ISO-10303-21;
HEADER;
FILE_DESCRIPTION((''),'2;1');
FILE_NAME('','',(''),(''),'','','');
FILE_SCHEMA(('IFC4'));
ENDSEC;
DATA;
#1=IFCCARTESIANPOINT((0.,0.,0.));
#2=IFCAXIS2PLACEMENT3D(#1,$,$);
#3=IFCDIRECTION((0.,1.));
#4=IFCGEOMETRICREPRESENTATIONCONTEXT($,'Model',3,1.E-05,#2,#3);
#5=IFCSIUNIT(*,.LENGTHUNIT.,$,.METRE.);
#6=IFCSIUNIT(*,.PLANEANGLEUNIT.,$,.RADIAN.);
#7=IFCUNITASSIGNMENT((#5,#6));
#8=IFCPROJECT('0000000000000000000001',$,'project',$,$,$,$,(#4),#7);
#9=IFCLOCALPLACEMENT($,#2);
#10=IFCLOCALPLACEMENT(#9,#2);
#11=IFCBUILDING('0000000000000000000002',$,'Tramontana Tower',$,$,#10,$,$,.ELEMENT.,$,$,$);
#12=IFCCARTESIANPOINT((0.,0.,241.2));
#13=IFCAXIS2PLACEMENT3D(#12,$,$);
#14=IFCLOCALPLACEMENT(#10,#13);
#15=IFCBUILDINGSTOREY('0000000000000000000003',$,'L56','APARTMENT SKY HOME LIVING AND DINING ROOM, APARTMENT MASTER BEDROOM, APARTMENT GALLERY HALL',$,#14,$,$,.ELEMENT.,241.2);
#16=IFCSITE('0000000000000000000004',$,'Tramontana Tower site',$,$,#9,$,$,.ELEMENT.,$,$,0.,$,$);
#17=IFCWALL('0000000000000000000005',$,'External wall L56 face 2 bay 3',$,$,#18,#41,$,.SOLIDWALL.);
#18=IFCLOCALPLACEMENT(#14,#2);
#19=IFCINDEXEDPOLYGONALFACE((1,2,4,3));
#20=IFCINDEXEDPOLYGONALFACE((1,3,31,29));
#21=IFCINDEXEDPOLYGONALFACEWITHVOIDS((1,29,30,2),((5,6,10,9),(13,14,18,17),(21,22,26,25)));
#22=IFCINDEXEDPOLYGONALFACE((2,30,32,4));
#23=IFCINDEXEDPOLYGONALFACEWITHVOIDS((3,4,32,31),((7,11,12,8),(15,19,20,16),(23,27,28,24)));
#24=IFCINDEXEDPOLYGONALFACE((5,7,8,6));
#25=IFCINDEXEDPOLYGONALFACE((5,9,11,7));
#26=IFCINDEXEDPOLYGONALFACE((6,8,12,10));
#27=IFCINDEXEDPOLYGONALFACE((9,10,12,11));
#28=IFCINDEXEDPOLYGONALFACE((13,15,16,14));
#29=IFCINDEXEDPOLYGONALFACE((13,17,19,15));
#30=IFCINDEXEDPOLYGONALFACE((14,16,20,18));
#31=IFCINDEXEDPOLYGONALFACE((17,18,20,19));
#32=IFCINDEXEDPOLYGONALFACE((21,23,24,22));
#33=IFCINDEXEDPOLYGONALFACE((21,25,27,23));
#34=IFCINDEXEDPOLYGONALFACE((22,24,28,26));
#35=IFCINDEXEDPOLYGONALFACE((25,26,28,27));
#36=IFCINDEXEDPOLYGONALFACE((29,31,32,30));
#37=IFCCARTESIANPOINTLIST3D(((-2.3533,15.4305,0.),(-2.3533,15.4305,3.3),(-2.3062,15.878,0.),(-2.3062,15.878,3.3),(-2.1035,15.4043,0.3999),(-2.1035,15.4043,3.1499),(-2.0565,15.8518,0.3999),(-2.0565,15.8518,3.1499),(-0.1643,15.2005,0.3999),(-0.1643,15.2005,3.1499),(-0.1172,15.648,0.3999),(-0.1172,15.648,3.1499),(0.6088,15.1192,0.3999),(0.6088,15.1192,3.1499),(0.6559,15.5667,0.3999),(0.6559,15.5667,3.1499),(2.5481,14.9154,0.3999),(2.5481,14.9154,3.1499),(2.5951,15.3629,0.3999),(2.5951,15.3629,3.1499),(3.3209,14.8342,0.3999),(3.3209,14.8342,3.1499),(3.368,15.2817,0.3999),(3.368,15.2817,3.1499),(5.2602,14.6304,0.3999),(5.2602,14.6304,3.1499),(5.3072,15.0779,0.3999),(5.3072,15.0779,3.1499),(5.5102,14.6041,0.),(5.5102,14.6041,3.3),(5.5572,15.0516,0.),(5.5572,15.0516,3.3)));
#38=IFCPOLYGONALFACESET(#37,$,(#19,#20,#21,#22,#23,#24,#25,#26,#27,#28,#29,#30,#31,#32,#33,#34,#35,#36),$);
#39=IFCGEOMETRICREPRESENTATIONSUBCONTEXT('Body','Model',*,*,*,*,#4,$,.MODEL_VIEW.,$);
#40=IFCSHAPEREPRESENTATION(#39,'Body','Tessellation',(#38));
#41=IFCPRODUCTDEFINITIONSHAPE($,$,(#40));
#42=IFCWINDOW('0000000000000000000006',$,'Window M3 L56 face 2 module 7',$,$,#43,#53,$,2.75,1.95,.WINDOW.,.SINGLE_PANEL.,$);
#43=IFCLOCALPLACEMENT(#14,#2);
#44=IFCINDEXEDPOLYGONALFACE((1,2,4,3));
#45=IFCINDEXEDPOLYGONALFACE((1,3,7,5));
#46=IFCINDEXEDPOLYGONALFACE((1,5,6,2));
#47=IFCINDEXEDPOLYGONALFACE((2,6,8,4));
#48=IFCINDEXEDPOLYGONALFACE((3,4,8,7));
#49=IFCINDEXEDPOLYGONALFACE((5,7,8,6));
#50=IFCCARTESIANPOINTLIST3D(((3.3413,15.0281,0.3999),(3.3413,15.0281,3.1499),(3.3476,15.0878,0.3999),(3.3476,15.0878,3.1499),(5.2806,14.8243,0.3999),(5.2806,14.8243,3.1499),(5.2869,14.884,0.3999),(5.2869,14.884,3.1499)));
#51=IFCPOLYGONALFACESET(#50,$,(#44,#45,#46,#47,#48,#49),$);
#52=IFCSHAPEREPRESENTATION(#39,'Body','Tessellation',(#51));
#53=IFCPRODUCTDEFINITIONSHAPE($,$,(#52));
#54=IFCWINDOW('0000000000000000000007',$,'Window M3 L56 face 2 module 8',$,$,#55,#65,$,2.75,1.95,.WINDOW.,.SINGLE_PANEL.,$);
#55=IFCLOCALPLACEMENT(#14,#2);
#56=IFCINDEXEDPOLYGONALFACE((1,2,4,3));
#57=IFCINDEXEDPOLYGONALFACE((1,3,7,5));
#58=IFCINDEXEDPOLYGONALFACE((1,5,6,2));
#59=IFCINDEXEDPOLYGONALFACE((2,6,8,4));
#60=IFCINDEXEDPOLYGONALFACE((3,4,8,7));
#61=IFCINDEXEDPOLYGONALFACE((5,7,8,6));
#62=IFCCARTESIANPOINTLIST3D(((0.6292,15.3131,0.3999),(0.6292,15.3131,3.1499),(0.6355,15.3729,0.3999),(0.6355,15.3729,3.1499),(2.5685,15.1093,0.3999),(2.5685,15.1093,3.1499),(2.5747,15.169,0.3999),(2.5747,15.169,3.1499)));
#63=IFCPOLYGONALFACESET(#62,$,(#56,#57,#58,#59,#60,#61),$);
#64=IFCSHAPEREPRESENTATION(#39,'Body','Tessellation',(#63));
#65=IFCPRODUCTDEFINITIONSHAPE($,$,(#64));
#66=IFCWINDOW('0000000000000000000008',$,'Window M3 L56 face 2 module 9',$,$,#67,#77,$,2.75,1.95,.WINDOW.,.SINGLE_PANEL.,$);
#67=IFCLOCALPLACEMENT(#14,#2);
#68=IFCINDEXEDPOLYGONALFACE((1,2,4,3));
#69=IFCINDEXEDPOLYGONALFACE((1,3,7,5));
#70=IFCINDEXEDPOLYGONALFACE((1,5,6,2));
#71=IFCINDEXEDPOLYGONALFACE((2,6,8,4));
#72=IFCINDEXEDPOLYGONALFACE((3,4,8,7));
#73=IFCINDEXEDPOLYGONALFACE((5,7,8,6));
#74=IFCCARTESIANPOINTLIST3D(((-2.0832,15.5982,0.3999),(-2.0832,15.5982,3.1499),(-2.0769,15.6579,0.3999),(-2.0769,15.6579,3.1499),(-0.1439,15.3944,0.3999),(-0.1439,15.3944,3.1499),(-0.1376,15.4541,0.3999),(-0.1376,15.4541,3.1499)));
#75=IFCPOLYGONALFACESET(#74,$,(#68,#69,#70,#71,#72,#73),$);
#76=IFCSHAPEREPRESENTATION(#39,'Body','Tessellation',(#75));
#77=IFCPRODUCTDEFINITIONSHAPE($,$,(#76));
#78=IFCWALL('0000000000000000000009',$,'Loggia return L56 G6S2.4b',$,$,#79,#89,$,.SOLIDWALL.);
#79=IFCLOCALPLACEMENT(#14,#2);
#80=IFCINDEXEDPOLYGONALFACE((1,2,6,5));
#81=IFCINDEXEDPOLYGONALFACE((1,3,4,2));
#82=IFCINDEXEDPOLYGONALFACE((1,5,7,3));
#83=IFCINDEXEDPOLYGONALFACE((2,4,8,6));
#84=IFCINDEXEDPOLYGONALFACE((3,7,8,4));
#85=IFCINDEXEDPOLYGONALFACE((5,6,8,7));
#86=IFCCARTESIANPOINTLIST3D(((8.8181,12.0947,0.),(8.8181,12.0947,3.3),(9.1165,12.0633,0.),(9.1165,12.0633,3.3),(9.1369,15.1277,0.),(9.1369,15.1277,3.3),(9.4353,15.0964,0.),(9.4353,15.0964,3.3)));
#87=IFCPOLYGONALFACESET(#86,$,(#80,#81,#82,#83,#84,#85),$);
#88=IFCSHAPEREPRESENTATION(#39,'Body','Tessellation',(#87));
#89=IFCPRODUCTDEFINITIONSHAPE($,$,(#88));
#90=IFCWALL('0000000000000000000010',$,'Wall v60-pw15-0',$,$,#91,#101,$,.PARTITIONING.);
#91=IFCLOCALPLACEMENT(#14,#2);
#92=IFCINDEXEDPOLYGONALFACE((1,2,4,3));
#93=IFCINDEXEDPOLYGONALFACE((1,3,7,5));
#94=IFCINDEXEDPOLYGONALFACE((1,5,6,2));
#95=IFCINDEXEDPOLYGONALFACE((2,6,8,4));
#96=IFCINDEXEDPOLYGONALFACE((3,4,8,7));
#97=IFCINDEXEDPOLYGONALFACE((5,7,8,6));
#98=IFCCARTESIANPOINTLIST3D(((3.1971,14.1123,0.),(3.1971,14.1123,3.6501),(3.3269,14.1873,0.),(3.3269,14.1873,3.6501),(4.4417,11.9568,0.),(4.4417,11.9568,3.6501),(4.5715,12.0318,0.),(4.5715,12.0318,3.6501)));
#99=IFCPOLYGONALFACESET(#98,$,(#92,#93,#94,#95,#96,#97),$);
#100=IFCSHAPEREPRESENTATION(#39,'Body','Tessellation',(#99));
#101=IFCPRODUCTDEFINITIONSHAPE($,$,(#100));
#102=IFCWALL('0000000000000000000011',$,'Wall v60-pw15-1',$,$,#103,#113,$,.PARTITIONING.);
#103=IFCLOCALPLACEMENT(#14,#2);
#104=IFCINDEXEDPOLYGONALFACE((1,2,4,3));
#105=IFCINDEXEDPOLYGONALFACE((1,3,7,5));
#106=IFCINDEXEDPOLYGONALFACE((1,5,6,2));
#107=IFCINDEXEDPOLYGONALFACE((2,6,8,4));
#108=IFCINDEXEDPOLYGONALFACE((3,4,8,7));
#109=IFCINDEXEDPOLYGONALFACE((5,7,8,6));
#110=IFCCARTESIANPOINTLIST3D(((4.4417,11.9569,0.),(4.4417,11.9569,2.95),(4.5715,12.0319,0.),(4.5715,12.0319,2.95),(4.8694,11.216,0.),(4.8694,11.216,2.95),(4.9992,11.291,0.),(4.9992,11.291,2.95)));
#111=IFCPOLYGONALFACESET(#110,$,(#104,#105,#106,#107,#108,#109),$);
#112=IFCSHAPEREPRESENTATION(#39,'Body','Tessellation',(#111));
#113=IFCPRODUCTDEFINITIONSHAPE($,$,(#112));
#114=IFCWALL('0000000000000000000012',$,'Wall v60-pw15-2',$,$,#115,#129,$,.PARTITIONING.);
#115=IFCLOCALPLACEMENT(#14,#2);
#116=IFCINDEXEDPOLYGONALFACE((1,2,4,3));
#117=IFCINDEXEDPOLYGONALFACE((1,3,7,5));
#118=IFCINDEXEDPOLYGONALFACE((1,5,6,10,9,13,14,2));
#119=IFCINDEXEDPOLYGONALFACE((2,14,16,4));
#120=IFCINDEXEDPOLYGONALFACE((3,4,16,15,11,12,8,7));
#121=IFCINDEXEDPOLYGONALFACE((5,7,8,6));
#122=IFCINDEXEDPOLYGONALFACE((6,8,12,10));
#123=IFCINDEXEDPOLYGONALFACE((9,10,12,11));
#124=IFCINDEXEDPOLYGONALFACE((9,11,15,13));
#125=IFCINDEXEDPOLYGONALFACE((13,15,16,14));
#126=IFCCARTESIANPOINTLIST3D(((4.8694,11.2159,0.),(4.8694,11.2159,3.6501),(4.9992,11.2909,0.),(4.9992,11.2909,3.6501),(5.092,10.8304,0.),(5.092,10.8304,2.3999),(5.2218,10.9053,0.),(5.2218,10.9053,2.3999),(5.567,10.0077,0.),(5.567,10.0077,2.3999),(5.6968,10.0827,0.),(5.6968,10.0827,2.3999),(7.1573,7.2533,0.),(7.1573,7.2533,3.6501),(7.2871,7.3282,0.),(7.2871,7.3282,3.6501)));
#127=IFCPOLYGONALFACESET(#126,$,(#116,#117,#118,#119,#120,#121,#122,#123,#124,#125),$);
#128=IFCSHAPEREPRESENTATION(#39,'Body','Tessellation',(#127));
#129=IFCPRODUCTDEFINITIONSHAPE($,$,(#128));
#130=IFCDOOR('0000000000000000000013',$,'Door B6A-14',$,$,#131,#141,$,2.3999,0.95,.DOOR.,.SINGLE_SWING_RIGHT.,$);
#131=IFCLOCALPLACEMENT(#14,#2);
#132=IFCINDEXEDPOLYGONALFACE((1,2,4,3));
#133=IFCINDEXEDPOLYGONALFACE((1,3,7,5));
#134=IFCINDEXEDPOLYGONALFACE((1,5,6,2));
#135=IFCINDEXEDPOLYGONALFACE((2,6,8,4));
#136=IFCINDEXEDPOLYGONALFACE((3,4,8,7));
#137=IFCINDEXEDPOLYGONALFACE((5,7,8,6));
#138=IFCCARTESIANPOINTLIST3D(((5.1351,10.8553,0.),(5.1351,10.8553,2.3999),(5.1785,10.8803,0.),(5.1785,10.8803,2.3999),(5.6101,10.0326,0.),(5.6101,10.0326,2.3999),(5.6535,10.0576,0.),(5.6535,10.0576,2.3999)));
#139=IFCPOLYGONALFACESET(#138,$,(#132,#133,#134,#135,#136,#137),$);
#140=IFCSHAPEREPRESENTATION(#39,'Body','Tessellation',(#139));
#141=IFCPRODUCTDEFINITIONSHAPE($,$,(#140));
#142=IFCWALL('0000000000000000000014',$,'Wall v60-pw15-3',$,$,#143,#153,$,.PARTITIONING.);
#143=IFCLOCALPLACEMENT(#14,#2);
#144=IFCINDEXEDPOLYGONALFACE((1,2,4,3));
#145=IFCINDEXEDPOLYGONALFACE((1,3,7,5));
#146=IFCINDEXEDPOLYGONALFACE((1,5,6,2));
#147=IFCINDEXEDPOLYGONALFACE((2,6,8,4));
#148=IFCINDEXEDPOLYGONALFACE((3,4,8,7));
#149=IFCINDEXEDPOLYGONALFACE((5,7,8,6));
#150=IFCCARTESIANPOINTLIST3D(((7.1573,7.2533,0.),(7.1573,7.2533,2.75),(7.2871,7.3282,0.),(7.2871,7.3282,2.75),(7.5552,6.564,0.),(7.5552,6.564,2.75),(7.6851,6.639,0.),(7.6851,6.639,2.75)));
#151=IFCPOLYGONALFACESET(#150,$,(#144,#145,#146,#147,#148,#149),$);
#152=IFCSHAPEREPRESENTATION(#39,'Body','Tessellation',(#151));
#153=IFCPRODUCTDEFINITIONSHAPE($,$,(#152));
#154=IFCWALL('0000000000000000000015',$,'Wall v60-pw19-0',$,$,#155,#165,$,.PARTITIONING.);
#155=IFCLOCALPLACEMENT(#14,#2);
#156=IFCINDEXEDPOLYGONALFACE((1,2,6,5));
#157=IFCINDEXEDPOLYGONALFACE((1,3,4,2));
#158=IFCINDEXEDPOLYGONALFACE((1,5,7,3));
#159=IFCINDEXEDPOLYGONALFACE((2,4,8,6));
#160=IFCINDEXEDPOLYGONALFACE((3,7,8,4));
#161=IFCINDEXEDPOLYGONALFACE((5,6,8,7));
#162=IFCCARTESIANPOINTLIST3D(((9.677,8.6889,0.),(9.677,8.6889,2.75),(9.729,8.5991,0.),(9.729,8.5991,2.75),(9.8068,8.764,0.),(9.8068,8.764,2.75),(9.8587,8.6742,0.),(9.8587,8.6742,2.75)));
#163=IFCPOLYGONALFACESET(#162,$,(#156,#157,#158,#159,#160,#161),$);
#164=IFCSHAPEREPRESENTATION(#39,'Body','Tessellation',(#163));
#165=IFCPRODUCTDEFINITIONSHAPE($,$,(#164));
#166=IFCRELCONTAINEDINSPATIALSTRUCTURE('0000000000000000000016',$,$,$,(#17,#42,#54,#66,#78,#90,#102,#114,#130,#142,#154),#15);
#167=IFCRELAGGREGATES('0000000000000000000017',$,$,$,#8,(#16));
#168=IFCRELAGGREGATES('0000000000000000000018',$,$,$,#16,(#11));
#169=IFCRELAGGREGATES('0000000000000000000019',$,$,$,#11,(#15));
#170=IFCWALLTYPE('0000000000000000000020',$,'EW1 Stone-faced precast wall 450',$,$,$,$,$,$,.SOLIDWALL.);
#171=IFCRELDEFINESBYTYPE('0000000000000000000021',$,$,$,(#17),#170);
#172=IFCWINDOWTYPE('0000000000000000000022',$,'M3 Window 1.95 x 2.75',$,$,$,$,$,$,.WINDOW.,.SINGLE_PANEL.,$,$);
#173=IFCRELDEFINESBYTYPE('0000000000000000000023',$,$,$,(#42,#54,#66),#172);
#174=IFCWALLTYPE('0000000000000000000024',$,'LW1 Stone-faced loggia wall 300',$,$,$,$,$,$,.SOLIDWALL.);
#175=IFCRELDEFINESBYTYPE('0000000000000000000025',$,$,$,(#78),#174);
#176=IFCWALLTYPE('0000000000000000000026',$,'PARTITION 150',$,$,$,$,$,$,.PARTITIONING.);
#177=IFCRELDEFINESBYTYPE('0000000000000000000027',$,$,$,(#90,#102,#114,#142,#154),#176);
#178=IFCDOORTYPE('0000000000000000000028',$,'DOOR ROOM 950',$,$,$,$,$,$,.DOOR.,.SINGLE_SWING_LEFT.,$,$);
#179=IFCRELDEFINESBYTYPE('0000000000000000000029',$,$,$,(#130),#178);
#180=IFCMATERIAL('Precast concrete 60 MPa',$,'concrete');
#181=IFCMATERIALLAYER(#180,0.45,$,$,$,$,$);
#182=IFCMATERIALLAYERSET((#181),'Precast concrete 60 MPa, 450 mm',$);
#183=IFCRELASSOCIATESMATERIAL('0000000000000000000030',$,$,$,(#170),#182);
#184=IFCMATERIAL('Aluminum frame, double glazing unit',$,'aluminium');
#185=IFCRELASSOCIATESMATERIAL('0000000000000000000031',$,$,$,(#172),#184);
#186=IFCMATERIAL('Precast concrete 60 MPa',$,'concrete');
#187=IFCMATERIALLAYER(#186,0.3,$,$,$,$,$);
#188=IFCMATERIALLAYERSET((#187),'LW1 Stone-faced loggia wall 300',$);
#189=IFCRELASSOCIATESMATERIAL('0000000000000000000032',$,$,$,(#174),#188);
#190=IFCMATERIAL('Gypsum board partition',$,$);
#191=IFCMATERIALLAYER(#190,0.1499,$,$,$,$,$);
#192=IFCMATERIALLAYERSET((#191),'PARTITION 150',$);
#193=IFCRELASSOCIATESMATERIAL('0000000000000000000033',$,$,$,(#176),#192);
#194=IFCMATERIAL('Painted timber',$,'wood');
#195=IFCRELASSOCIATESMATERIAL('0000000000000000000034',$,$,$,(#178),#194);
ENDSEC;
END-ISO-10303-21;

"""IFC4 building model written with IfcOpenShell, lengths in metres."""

from ifc_helpers import new_model, si_unit, direction, frame, frame_2d, origin, place, context, subcontext, project, spatial, rectangle, extrude, material, layer, layer_set, type_object, element, fill, save


model = new_model("IFC4")

# Units and contexts
model_context = context("Model", 3, precision=1e-05, world=origin(), true_north=direction((0.0, 1.0)))
body_context = subcontext(model_context, "Body", "Model", "MODEL_VIEW")
ifc_project = project(units=[si_unit("LENGTHUNIT", "METRE"), si_unit("PLANEANGLEUNIT", "RADIAN")], contexts=[model_context])

# Site, building, storey
site_placement = place(None, origin())
site = spatial("IfcSite", under=ifc_project, at=site_placement, Name="Tramontana Tower site", CompositionType="ELEMENT", RefElevation=0.0)
building_placement = place(site_placement, origin())
building = spatial("IfcBuilding", under=site, at=building_placement, Name="Tramontana Tower", CompositionType="ELEMENT")
storey_placement = place(building_placement, frame((0.0, 0.0, 241.2)))
storey = spatial("IfcBuildingStorey", under=building, at=storey_placement, Name="L56", Description="APARTMENT SKY HOME LIVING AND DINING ROOM, APARTMENT MASTER BEDROOM, APARTMENT GALLERY HALL", CompositionType="ELEMENT", Elevation=241.2)

# Shared definitions
ifc_material_1 = material(Name="Precast concrete 60 MPa", Category="concrete")
ifc_layer_1 = layer(ifc_material_1, 0.45)
ifc_layer_set_1 = layer_set([ifc_layer_1], Name="Precast concrete 60 MPa, 450 mm")
wall_type_1 = type_object("IfcWallType", Name="EW1 Stone-faced precast wall 450", PredefinedType="SOLIDWALL", material=ifc_layer_set_1)
ifc_material_2 = material(Name="Aluminum frame, double glazing unit", Category="aluminium")
window_type = type_object("IfcWindowType", Name="M3 Window 1.95 x 2.75", PartitioningType="SINGLE_PANEL", PredefinedType="WINDOW", material=ifc_material_2)

# Wall, openings, windows
wall_1_placement = place(storey_placement, frame((5.5337, 14.8279, 0.0), z_axis=(0.0, 0.0, 1.0), x_axis=(-0.994523, 0.104519, 0.0)))
wall_1 = element("IfcWall", 1, at=wall_1_placement, inside=storey, type_object=wall_type_1, Name="External wall L56 face 2 bay 3", PredefinedType="SOLIDWALL", context=body_context, shape_type="SweptSolid", body=[
    extrude(rectangle(XDim=7.9067, YDim=0.45, at=frame_2d((3.9534, 0.0))), origin(), (0.0, 0.0, 1.0), 3.3),
])
opening_1_placement = place(wall_1_placement, frame((0.2512, 0.0, 0.3999)))
opening_1 = element("IfcOpeningElement", 2, at=opening_1_placement, cuts=wall_1, PredefinedType="OPENING", context=body_context, shape_type="SweptSolid", body=[
    extrude(rectangle(XDim=1.95, YDim=2.75, at=frame_2d((0.9751, 1.375))), frame((0.0, 0.2349, 0.0), z_axis=(0.0, -1.0, 0.0), x_axis=(1.0, 0.0, 0.0)), (0.0, 0.0, 1.0), 0.47),
])
opening_2_placement = place(wall_1_placement, frame((2.9783, 0.0, 0.3999)))
opening_2 = element("IfcOpeningElement", 3, at=opening_2_placement, cuts=wall_1, PredefinedType="OPENING", context=body_context, shape_type="SweptSolid", body=[
    extrude(rectangle(XDim=1.95, YDim=2.75, at=frame_2d((0.9751, 1.375))), frame((0.0, 0.2349, 0.0), z_axis=(0.0, -1.0, 0.0), x_axis=(1.0, 0.0, 0.0)), (0.0, 0.0, 1.0), 0.47),
])
opening_3_placement = place(wall_1_placement, frame((5.7056, 0.0, 0.3999)))
opening_3 = element("IfcOpeningElement", 4, at=opening_3_placement, cuts=wall_1, PredefinedType="OPENING", context=body_context, shape_type="SweptSolid", body=[
    extrude(rectangle(XDim=1.95, YDim=2.75, at=frame_2d((0.9751, 1.375))), frame((0.0, 0.2349, 0.0), z_axis=(0.0, -1.0, 0.0), x_axis=(1.0, 0.0, 0.0)), (0.0, 0.0, 1.0), 0.47),
])
window_1_placement = place(opening_1_placement, origin())
window_1 = element("IfcWindow", 5, at=window_1_placement, inside=storey, type_object=window_type, Name="Window M3 L56 face 2 module 7", OverallHeight=2.75, OverallWidth=1.95, PartitioningType="SINGLE_PANEL", PredefinedType="WINDOW", context=body_context, shape_type="SweptSolid", body=[
    extrude(rectangle(XDim=1.95, YDim=2.75, at=frame_2d((0.9751, 1.375))), frame((0.0, 0.03, 0.0), z_axis=(0.0, -1.0, 0.0), x_axis=(1.0, 0.0, 0.0)), (0.0, 0.0, 1.0), 0.0601),
])
fill(opening_1, window_1)
window_2_placement = place(opening_2_placement, origin())
window_2 = element("IfcWindow", 6, at=window_2_placement, inside=storey, type_object=window_type, Name="Window M3 L56 face 2 module 8", OverallHeight=2.75, OverallWidth=1.95, PartitioningType="SINGLE_PANEL", PredefinedType="WINDOW", context=body_context, shape_type="SweptSolid", body=[
    extrude(rectangle(XDim=1.95, YDim=2.75, at=frame_2d((0.9751, 1.375))), frame((0.0, 0.03, 0.0), z_axis=(0.0, -1.0, 0.0), x_axis=(1.0, 0.0, 0.0)), (0.0, 0.0, 1.0), 0.0601),
])
fill(opening_2, window_2)
window_3_placement = place(opening_3_placement, origin())
window_3 = element("IfcWindow", 7, at=window_3_placement, inside=storey, type_object=window_type, Name="Window M3 L56 face 2 module 9", OverallHeight=2.75, OverallWidth=1.95, PartitioningType="SINGLE_PANEL", PredefinedType="WINDOW", context=body_context, shape_type="SweptSolid", body=[
    extrude(rectangle(XDim=1.95, YDim=2.75, at=frame_2d((0.9751, 1.375))), frame((0.0, 0.03, 0.0), z_axis=(0.0, -1.0, 0.0), x_axis=(1.0, 0.0, 0.0)), (0.0, 0.0, 1.0), 0.0601),
])
fill(opening_3, window_3)

# Walls
ifc_material_3 = material(Name="Precast concrete 60 MPa", Category="concrete")
ifc_layer_2 = layer(ifc_material_3, 0.3)
ifc_layer_set_2 = layer_set([ifc_layer_2], Name="LW1 Stone-faced loggia wall 300")
wall_type_2 = type_object("IfcWallType", Name="LW1 Stone-faced loggia wall 300", PredefinedType="SOLIDWALL", material=ifc_layer_set_2)
wall_2_placement = place(storey_placement, frame((9.2861, 15.1121, 0.0), z_axis=(0.0, 0.0, 1.0), x_axis=(-0.104543, -0.99452, 0.0)))
element("IfcWall", 8, at=wall_2_placement, inside=storey, type_object=wall_type_2, Name="Loggia return L56 G6S2.4b", PredefinedType="SOLIDWALL", context=body_context, shape_type="SweptSolid", body=[
    extrude(rectangle(XDim=3.0498, YDim=0.3, at=frame_2d((1.5249, 0.0))), origin(), (0.0, 0.0, 1.0), 3.3),
])
ifc_material_4 = material(Name="Gypsum board partition")
ifc_layer_3 = layer(ifc_material_4, 0.1499)
ifc_layer_set_3 = layer_set([ifc_layer_3], Name="PARTITION 150")
wall_type_3 = type_object("IfcWallType", Name="PARTITION 150", PredefinedType="PARTITIONING", material=ifc_layer_set_3)
wall_3_placement = place(storey_placement, frame((3.262, 14.1499, 0.0), z_axis=(0.0, 0.0, 1.0), x_axis=(0.500042, -0.866001, 0.0)))
element("IfcWall", 9, at=wall_3_placement, inside=storey, type_object=wall_type_3, Name="Wall v60-pw15-0", PredefinedType="PARTITIONING", context=body_context, shape_type="SweptSolid", body=[
    extrude(rectangle(XDim=2.489, YDim=0.1499, at=frame_2d((1.2446, 0.0))), origin(), (0.0, 0.0, 1.0), 3.6501),
])
wall_4_placement = place(storey_placement, frame((4.5066, 11.9944, 0.0), z_axis=(0.0, 0.0, 1.0), x_axis=(0.499945, -0.866057, 0.0)))
element("IfcWall", 10, at=wall_4_placement, inside=storey, type_object=wall_type_3, Name="Wall v60-pw15-1", PredefinedType="PARTITIONING", context=body_context, shape_type="SweptSolid", body=[
    extrude(rectangle(XDim=0.8555, YDim=0.1499, at=frame_2d((0.4277, 0.0))), origin(), (0.0, 0.0, 1.0), 2.95),
])

# Wall, opening, door
wall_5_placement = place(storey_placement, frame((4.9343, 11.2534, 0.0), z_axis=(0.0, 0.0, 1.0), x_axis=(0.500001, -0.866025, 0.0)))
wall_5 = element("IfcWall", 11, at=wall_5_placement, inside=storey, type_object=wall_type_3, Name="Wall v60-pw15-2", PredefinedType="PARTITIONING", context=body_context, shape_type="SweptSolid", body=[
    extrude(rectangle(XDim=4.5757, YDim=0.1499, at=frame_2d((2.2878, 0.0))), origin(), (0.0, 0.0, 1.0), 3.6501),
])
opening_4_placement = place(wall_5_placement, frame((0.4451, 0.0, 0.0)))
opening_4 = element("IfcOpeningElement", 12, at=opening_4_placement, cuts=wall_5, PredefinedType="OPENING", context=body_context, shape_type="SweptSolid", body=[
    extrude(rectangle(XDim=0.95, YDim=2.3999, at=frame_2d((0.4751, 1.2))), frame((0.0, 0.085, 0.0), z_axis=(0.0, -1.0, 0.0), x_axis=(1.0, 0.0, 0.0)), (0.0, 0.0, 1.0), 0.1699),
])
ifc_material_5 = material(Name="Painted timber", Category="wood")
door_type = type_object("IfcDoorType", Name="DOOR ROOM 950", OperationType="SINGLE_SWING_LEFT", PredefinedType="DOOR", material=ifc_material_5)
door_placement = place(opening_4_placement, origin())
door = element("IfcDoor", 13, at=door_placement, inside=storey, type_object=door_type, Name="Door B6A-14", OperationType="SINGLE_SWING_RIGHT", OverallHeight=2.3999, OverallWidth=0.95, PredefinedType="DOOR", context=body_context, shape_type="SweptSolid", body=[
    extrude(rectangle(XDim=0.95, YDim=2.3999, at=frame_2d((0.4751, 1.2))), frame((0.0, 0.0249, 0.0), z_axis=(0.0, -1.0, 0.0), x_axis=(1.0, 0.0, 0.0)), (0.0, 0.0, 1.0), 0.05),
])
fill(opening_4, door)

# Walls
wall_6_placement = place(storey_placement, frame((7.2222, 7.2908, 0.0), z_axis=(0.0, 0.0, 1.0), x_axis=(0.500032, -0.866007, 0.0)))
element("IfcWall", 14, at=wall_6_placement, inside=storey, type_object=wall_type_3, Name="Wall v60-pw15-3", PredefinedType="PARTITIONING", context=body_context, shape_type="SweptSolid", body=[
    extrude(rectangle(XDim=0.7959, YDim=0.1499, at=frame_2d((0.3979, 0.0))), origin(), (0.0, 0.0, 1.0), 2.75),
])
wall_7_placement = place(storey_placement, frame((9.7419, 8.7263, 0.0), z_axis=(0.0, 0.0, 1.0), x_axis=(0.500944, -0.86548, 0.0)))
element("IfcWall", 15, at=wall_7_placement, inside=storey, type_object=wall_type_3, Name="Wall v60-pw19-0", PredefinedType="PARTITIONING", context=body_context, shape_type="SweptSolid", body=[
    extrude(rectangle(XDim=0.1038, YDim=0.1499, at=frame_2d((0.0518, 0.0))), origin(), (0.0, 0.0, 1.0), 2.75),
])

save(model, "model.ifc")
